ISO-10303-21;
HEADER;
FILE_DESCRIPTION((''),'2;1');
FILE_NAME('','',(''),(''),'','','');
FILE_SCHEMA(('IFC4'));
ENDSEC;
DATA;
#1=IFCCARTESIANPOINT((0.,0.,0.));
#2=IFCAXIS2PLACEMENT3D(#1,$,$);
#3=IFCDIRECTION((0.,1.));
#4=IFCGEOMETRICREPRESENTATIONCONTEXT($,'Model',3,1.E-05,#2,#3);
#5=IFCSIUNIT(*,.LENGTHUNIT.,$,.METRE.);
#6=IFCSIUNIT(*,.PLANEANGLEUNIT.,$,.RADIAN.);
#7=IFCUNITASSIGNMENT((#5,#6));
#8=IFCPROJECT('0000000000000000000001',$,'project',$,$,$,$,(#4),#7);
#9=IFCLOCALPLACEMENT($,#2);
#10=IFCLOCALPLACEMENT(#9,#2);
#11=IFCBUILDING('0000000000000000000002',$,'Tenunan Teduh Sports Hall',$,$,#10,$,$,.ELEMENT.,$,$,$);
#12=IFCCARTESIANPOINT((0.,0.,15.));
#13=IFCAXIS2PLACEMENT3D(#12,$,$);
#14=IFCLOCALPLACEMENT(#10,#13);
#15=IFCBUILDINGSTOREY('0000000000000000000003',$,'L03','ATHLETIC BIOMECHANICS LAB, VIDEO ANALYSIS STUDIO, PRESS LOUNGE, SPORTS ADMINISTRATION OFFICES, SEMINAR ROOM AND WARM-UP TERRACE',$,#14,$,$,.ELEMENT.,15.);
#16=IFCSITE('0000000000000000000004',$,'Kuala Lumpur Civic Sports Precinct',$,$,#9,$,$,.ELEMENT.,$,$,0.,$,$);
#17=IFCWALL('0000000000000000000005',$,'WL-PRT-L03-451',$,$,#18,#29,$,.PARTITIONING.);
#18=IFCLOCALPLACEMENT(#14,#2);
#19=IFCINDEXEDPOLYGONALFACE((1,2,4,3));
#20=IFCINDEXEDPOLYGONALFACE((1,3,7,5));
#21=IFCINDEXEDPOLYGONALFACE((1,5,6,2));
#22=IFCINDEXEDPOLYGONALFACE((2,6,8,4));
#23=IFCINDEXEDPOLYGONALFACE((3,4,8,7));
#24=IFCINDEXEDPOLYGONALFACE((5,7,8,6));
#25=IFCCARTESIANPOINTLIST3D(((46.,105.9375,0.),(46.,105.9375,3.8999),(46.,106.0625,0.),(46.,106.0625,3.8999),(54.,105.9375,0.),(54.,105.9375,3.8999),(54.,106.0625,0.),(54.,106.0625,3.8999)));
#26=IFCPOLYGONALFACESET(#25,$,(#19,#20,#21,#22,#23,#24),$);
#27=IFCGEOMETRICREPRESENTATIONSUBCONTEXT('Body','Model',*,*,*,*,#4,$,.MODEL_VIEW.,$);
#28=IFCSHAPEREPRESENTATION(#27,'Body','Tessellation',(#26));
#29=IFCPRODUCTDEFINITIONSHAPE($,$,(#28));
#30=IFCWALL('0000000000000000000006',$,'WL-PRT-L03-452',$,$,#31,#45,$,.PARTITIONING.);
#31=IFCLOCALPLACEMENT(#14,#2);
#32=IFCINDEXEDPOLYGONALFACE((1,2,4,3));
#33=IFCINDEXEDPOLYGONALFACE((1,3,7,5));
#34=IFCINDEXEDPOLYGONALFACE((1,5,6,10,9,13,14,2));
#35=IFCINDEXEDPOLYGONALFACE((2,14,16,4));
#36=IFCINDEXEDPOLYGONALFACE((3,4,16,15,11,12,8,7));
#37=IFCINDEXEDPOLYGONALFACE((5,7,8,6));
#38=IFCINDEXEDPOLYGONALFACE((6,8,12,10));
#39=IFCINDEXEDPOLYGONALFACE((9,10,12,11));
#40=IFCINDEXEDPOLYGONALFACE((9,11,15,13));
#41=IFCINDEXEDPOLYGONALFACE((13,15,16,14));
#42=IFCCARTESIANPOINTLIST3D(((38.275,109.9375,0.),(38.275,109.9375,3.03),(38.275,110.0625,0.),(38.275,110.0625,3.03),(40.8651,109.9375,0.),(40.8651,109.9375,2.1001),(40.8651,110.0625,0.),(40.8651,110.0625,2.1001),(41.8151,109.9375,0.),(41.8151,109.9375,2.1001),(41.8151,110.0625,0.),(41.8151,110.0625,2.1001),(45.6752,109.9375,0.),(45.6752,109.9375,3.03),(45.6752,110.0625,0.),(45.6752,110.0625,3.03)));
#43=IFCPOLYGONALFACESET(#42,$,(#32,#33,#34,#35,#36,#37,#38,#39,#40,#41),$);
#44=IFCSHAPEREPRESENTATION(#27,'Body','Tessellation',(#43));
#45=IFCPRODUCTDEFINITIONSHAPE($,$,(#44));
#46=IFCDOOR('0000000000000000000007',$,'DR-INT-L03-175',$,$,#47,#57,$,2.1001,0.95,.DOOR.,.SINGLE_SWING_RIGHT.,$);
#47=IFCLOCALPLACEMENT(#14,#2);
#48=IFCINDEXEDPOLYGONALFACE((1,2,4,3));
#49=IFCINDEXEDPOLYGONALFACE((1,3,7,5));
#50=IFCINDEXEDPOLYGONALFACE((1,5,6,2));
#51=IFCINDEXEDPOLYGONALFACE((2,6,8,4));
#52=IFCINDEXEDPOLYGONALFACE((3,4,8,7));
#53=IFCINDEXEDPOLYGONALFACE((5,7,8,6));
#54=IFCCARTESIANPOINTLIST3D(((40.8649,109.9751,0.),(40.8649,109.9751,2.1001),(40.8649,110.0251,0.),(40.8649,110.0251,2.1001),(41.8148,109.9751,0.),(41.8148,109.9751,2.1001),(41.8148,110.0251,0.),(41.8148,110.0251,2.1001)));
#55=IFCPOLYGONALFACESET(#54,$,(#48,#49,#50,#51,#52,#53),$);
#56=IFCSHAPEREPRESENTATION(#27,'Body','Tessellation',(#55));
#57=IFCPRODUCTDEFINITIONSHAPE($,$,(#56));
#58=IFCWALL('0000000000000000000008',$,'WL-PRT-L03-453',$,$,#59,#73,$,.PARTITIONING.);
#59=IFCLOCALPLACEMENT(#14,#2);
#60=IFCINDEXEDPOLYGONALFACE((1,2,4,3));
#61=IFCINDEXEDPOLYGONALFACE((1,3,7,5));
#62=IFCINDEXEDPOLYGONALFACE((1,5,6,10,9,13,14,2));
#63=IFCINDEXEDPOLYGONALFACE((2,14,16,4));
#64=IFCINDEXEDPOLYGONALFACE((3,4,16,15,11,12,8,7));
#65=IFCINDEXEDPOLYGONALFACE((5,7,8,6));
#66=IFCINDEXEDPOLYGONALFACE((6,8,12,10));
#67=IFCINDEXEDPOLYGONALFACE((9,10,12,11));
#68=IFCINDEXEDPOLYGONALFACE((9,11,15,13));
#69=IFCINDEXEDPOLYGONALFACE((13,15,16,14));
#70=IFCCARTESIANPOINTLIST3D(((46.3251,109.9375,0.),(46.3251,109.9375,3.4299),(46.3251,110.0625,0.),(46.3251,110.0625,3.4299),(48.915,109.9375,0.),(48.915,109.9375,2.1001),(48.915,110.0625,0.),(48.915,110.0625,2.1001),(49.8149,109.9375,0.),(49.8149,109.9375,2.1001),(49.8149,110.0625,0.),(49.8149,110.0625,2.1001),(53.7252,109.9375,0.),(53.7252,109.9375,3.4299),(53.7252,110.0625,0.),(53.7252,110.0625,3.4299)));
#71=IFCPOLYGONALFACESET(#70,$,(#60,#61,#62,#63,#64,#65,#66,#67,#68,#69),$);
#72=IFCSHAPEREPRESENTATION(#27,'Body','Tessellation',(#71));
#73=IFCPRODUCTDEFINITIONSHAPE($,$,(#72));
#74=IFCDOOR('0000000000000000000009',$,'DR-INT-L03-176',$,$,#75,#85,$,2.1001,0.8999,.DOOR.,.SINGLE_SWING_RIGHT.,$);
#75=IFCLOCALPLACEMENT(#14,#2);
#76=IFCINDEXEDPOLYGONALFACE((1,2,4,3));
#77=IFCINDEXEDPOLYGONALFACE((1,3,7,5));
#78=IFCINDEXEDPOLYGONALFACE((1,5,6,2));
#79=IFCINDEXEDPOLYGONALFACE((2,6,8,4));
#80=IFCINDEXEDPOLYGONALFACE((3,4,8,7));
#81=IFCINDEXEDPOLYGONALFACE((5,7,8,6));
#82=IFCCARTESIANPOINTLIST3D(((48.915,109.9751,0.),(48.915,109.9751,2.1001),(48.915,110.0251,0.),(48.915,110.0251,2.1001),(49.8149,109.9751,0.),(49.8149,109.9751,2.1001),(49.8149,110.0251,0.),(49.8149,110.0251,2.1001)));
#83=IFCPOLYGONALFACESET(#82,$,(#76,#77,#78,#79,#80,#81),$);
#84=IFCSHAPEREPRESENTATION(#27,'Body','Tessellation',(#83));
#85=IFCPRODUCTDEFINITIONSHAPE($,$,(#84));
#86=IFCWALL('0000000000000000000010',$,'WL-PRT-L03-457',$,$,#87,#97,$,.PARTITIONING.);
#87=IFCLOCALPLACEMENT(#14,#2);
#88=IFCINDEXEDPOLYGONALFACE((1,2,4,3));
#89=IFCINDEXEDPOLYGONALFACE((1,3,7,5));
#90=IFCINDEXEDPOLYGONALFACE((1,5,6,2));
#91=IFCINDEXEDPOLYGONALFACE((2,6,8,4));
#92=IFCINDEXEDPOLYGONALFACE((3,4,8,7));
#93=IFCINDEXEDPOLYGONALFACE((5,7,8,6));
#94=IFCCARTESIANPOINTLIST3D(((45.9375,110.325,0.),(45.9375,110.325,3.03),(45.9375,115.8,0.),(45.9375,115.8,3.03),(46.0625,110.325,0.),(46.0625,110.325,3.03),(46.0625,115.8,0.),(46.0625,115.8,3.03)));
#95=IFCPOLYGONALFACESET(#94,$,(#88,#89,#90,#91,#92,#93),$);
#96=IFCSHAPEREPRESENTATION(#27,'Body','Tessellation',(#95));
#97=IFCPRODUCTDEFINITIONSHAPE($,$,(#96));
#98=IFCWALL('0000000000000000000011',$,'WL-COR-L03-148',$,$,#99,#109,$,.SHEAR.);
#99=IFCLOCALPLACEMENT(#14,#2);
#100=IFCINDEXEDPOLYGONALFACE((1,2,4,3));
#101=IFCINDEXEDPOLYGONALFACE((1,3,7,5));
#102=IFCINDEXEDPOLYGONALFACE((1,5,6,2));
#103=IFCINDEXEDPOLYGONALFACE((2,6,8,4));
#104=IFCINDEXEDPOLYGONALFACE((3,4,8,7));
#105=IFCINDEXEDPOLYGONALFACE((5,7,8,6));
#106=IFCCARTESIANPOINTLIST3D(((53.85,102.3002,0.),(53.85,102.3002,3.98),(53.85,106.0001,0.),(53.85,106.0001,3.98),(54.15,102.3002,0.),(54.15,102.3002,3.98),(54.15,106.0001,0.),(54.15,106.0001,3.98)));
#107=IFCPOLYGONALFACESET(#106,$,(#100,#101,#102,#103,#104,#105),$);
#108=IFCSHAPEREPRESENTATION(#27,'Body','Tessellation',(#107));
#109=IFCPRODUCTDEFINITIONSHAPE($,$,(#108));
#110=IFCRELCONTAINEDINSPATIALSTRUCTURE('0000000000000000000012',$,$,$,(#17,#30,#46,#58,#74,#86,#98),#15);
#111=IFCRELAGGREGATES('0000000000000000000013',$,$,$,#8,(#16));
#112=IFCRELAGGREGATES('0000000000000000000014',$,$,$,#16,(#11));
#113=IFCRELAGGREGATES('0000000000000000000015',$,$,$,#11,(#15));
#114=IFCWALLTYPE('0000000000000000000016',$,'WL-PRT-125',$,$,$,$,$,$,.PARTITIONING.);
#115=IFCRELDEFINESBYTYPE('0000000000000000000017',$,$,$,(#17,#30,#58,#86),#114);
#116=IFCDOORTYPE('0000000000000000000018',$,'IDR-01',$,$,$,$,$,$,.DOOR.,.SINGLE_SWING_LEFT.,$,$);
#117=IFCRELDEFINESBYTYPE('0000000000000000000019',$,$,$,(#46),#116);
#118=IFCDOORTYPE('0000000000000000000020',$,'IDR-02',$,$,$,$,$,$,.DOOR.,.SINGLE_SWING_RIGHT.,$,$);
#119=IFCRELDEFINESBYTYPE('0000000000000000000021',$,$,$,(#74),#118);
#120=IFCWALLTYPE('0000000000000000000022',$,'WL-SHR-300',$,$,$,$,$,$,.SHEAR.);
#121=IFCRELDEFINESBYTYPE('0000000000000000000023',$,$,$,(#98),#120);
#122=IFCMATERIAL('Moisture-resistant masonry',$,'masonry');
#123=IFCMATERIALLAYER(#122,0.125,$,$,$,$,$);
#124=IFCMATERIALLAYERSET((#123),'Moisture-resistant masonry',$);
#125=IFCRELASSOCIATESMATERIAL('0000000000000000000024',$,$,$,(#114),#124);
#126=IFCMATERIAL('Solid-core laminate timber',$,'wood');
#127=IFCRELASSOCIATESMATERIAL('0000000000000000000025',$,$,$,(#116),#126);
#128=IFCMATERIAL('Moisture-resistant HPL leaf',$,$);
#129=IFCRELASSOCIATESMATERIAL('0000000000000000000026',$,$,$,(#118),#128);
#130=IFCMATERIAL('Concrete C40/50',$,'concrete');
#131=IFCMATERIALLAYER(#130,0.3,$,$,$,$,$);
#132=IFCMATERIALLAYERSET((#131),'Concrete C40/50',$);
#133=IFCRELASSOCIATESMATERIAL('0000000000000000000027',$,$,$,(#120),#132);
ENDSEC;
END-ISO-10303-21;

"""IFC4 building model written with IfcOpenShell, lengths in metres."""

from ifc_helpers import new_model, si_unit, direction, frame, frame_2d, origin, place, context, subcontext, project, spatial, rectangle, extrude, material, layer, layer_set, type_object, element, fill, save


model = new_model("IFC4")

# Units and contexts
model_context = context("Model", 3, precision=1e-05, world=origin(), true_north=direction((0.0, 1.0)))
body_context = subcontext(model_context, "Body", "Model", "MODEL_VIEW")
ifc_project = project(units=[si_unit("LENGTHUNIT", "METRE"), si_unit("PLANEANGLEUNIT", "RADIAN")], contexts=[model_context])

# Site, building, storey
site_placement = place(None, origin())
site = spatial("IfcSite", under=ifc_project, at=site_placement, Name="Kuala Lumpur Civic Sports Precinct", CompositionType="ELEMENT", RefElevation=0.0)
building_placement = place(site_placement, origin())
building = spatial("IfcBuilding", under=site, at=building_placement, Name="Tenunan Teduh Sports Hall", CompositionType="ELEMENT")
storey_placement = place(building_placement, frame((0.0, 0.0, 15.0)))
storey = spatial("IfcBuildingStorey", under=building, at=storey_placement, Name="L03", Description="ATHLETIC BIOMECHANICS LAB, VIDEO ANALYSIS STUDIO, PRESS LOUNGE, SPORTS ADMINISTRATION OFFICES, SEMINAR ROOM AND WARM-UP TERRACE", CompositionType="ELEMENT", Elevation=15.0)

# Wall
ifc_material_1 = material(Name="Moisture-resistant masonry", Category="masonry")
ifc_layer_1 = layer(ifc_material_1, 0.125)
ifc_layer_set_1 = layer_set([ifc_layer_1], Name="Moisture-resistant masonry")
wall_type_1 = type_object("IfcWallType", Name="WL-PRT-125", PredefinedType="PARTITIONING", material=ifc_layer_set_1)
wall_1_placement = place(storey_placement, frame((46.0, 106.0, 0.0), z_axis=(0.0, 0.0, 1.0), x_axis=(1.0, 0.0, 0.0)))
element("IfcWall", 1, at=wall_1_placement, inside=storey, type_object=wall_type_1, Name="WL-PRT-L03-451", PredefinedType="PARTITIONING", context=body_context, shape_type="SweptSolid", body=[
    extrude(rectangle(XDim=8.0, YDim=0.125, at=frame_2d((4.0, 0.0))), origin(), (0.0, 0.0, 1.0), 3.8999),
])

# Walls, openings, doors
wall_2_placement = place(storey_placement, frame((38.2749, 110.0, 0.0), z_axis=(0.0, 0.0, 1.0), x_axis=(1.0, 0.0, 0.0)))
wall_2 = element("IfcWall", 2, at=wall_2_placement, inside=storey, type_object=wall_type_1, Name="WL-PRT-L03-452", PredefinedType="PARTITIONING", context=body_context, shape_type="SweptSolid", body=[
    extrude(rectangle(XDim=7.4001, YDim=0.125, at=frame_2d((3.7002, 0.0))), origin(), (0.0, 0.0, 1.0), 3.03),
])
opening_1_placement = place(wall_2_placement, frame((2.5901, 0.0, 0.0)))
opening_1 = element("IfcOpeningElement", 3, at=opening_1_placement, cuts=wall_2, PredefinedType="OPENING", context=body_context, shape_type="SweptSolid", body=[
    extrude(rectangle(XDim=0.95, YDim=2.1001, at=frame_2d((0.4751, 1.05))), frame((0.0, 0.0725, 0.0), z_axis=(0.0, -1.0, 0.0), x_axis=(1.0, 0.0, 0.0)), (0.0, 0.0, 1.0), 0.145),
])
ifc_material_2 = material(Name="Solid-core laminate timber", Category="wood")
door_type_1 = type_object("IfcDoorType", Name="IDR-01", OperationType="SINGLE_SWING_LEFT", PredefinedType="DOOR", material=ifc_material_2)
door_1_placement = place(opening_1_placement, frame((0.95, 0.0, 0.0), z_axis=(0.0, 0.0, 1.0), x_axis=(-1.0, 0.0, 0.0)))
door_1 = element("IfcDoor", 4, at=door_1_placement, inside=storey, type_object=door_type_1, Name="DR-INT-L03-175", OperationType="SINGLE_SWING_RIGHT", OverallHeight=2.1001, OverallWidth=0.95, PredefinedType="DOOR", context=body_context, shape_type="SweptSolid", body=[
    extrude(rectangle(XDim=0.95, YDim=2.1001, at=frame_2d((0.4751, 1.05))), frame((0.0, 0.0249, 0.0), z_axis=(0.0, -1.0, 0.0), x_axis=(1.0, 0.0, 0.0)), (0.0, 0.0, 1.0), 0.05),
])
fill(opening_1, door_1)
wall_3_placement = place(storey_placement, frame((46.325, 110.0, 0.0), z_axis=(0.0, 0.0, 1.0), x_axis=(1.0, 0.0, 0.0)))
wall_3 = element("IfcWall", 5, at=wall_3_placement, inside=storey, type_object=wall_type_1, Name="WL-PRT-L03-453", PredefinedType="PARTITIONING", context=body_context, shape_type="SweptSolid", body=[
    extrude(rectangle(XDim=7.4001, YDim=0.125, at=frame_2d((3.7002, 0.0))), origin(), (0.0, 0.0, 1.0), 3.4299),
])
opening_2_placement = place(wall_3_placement, frame((2.5901, 0.0, 0.0)))
opening_2 = element("IfcOpeningElement", 6, at=opening_2_placement, cuts=wall_3, PredefinedType="OPENING", context=body_context, shape_type="SweptSolid", body=[
    extrude(rectangle(XDim=0.8999, YDim=2.1001, at=frame_2d((0.45, 1.05))), frame((0.0, 0.0725, 0.0), z_axis=(0.0, -1.0, 0.0), x_axis=(1.0, 0.0, 0.0)), (0.0, 0.0, 1.0), 0.145),
])
ifc_material_3 = material(Name="Moisture-resistant HPL leaf")
door_type_2 = type_object("IfcDoorType", Name="IDR-02", OperationType="SINGLE_SWING_RIGHT", PredefinedType="DOOR", material=ifc_material_3)
door_2_placement = place(opening_2_placement, frame((0.8999, 0.0, 0.0), z_axis=(0.0, 0.0, 1.0), x_axis=(-1.0, 0.0, 0.0)))
door_2 = element("IfcDoor", 7, at=door_2_placement, inside=storey, type_object=door_type_2, Name="DR-INT-L03-176", OperationType="SINGLE_SWING_RIGHT", OverallHeight=2.1001, OverallWidth=0.8999, PredefinedType="DOOR", context=body_context, shape_type="SweptSolid", body=[
    extrude(rectangle(XDim=0.8999, YDim=2.1001, at=frame_2d((0.45, 1.05))), frame((0.0, 0.0249, 0.0), z_axis=(0.0, -1.0, 0.0), x_axis=(1.0, 0.0, 0.0)), (0.0, 0.0, 1.0), 0.05),
])
fill(opening_2, door_2)

# Walls
wall_4_placement = place(storey_placement, frame((46.0, 110.325, 0.0), z_axis=(0.0, 0.0, 1.0), x_axis=(0.0, 1.0, 0.0)))
element("IfcWall", 8, at=wall_4_placement, inside=storey, type_object=wall_type_1, Name="WL-PRT-L03-457", PredefinedType="PARTITIONING", context=body_context, shape_type="SweptSolid", body=[
    extrude(rectangle(XDim=5.4751, YDim=0.125, at=frame_2d((2.7375, 0.0))), origin(), (0.0, 0.0, 1.0), 3.03),
])
ifc_material_4 = material(Name="Concrete C40/50", Category="concrete")
ifc_layer_2 = layer(ifc_material_4, 0.3)
ifc_layer_set_2 = layer_set([ifc_layer_2], Name="Concrete C40/50")
wall_type_2 = type_object("IfcWallType", Name="WL-SHR-300", PredefinedType="SHEAR", material=ifc_layer_set_2)
wall_5_placement = place(storey_placement, frame((54.0, 102.3, 0.0), z_axis=(0.0, 0.0, 1.0), x_axis=(0.0, 1.0, 0.0)))
element("IfcWall", 9, at=wall_5_placement, inside=storey, type_object=wall_type_2, Name="WL-COR-L03-148", PredefinedType="SHEAR", context=body_context, shape_type="SweptSolid", body=[
    extrude(rectangle(XDim=3.7, YDim=0.3, at=frame_2d((1.8501, 0.0))), origin(), (0.0, 0.0, 1.0), 3.98),
])

save(model, "model.ifc")
